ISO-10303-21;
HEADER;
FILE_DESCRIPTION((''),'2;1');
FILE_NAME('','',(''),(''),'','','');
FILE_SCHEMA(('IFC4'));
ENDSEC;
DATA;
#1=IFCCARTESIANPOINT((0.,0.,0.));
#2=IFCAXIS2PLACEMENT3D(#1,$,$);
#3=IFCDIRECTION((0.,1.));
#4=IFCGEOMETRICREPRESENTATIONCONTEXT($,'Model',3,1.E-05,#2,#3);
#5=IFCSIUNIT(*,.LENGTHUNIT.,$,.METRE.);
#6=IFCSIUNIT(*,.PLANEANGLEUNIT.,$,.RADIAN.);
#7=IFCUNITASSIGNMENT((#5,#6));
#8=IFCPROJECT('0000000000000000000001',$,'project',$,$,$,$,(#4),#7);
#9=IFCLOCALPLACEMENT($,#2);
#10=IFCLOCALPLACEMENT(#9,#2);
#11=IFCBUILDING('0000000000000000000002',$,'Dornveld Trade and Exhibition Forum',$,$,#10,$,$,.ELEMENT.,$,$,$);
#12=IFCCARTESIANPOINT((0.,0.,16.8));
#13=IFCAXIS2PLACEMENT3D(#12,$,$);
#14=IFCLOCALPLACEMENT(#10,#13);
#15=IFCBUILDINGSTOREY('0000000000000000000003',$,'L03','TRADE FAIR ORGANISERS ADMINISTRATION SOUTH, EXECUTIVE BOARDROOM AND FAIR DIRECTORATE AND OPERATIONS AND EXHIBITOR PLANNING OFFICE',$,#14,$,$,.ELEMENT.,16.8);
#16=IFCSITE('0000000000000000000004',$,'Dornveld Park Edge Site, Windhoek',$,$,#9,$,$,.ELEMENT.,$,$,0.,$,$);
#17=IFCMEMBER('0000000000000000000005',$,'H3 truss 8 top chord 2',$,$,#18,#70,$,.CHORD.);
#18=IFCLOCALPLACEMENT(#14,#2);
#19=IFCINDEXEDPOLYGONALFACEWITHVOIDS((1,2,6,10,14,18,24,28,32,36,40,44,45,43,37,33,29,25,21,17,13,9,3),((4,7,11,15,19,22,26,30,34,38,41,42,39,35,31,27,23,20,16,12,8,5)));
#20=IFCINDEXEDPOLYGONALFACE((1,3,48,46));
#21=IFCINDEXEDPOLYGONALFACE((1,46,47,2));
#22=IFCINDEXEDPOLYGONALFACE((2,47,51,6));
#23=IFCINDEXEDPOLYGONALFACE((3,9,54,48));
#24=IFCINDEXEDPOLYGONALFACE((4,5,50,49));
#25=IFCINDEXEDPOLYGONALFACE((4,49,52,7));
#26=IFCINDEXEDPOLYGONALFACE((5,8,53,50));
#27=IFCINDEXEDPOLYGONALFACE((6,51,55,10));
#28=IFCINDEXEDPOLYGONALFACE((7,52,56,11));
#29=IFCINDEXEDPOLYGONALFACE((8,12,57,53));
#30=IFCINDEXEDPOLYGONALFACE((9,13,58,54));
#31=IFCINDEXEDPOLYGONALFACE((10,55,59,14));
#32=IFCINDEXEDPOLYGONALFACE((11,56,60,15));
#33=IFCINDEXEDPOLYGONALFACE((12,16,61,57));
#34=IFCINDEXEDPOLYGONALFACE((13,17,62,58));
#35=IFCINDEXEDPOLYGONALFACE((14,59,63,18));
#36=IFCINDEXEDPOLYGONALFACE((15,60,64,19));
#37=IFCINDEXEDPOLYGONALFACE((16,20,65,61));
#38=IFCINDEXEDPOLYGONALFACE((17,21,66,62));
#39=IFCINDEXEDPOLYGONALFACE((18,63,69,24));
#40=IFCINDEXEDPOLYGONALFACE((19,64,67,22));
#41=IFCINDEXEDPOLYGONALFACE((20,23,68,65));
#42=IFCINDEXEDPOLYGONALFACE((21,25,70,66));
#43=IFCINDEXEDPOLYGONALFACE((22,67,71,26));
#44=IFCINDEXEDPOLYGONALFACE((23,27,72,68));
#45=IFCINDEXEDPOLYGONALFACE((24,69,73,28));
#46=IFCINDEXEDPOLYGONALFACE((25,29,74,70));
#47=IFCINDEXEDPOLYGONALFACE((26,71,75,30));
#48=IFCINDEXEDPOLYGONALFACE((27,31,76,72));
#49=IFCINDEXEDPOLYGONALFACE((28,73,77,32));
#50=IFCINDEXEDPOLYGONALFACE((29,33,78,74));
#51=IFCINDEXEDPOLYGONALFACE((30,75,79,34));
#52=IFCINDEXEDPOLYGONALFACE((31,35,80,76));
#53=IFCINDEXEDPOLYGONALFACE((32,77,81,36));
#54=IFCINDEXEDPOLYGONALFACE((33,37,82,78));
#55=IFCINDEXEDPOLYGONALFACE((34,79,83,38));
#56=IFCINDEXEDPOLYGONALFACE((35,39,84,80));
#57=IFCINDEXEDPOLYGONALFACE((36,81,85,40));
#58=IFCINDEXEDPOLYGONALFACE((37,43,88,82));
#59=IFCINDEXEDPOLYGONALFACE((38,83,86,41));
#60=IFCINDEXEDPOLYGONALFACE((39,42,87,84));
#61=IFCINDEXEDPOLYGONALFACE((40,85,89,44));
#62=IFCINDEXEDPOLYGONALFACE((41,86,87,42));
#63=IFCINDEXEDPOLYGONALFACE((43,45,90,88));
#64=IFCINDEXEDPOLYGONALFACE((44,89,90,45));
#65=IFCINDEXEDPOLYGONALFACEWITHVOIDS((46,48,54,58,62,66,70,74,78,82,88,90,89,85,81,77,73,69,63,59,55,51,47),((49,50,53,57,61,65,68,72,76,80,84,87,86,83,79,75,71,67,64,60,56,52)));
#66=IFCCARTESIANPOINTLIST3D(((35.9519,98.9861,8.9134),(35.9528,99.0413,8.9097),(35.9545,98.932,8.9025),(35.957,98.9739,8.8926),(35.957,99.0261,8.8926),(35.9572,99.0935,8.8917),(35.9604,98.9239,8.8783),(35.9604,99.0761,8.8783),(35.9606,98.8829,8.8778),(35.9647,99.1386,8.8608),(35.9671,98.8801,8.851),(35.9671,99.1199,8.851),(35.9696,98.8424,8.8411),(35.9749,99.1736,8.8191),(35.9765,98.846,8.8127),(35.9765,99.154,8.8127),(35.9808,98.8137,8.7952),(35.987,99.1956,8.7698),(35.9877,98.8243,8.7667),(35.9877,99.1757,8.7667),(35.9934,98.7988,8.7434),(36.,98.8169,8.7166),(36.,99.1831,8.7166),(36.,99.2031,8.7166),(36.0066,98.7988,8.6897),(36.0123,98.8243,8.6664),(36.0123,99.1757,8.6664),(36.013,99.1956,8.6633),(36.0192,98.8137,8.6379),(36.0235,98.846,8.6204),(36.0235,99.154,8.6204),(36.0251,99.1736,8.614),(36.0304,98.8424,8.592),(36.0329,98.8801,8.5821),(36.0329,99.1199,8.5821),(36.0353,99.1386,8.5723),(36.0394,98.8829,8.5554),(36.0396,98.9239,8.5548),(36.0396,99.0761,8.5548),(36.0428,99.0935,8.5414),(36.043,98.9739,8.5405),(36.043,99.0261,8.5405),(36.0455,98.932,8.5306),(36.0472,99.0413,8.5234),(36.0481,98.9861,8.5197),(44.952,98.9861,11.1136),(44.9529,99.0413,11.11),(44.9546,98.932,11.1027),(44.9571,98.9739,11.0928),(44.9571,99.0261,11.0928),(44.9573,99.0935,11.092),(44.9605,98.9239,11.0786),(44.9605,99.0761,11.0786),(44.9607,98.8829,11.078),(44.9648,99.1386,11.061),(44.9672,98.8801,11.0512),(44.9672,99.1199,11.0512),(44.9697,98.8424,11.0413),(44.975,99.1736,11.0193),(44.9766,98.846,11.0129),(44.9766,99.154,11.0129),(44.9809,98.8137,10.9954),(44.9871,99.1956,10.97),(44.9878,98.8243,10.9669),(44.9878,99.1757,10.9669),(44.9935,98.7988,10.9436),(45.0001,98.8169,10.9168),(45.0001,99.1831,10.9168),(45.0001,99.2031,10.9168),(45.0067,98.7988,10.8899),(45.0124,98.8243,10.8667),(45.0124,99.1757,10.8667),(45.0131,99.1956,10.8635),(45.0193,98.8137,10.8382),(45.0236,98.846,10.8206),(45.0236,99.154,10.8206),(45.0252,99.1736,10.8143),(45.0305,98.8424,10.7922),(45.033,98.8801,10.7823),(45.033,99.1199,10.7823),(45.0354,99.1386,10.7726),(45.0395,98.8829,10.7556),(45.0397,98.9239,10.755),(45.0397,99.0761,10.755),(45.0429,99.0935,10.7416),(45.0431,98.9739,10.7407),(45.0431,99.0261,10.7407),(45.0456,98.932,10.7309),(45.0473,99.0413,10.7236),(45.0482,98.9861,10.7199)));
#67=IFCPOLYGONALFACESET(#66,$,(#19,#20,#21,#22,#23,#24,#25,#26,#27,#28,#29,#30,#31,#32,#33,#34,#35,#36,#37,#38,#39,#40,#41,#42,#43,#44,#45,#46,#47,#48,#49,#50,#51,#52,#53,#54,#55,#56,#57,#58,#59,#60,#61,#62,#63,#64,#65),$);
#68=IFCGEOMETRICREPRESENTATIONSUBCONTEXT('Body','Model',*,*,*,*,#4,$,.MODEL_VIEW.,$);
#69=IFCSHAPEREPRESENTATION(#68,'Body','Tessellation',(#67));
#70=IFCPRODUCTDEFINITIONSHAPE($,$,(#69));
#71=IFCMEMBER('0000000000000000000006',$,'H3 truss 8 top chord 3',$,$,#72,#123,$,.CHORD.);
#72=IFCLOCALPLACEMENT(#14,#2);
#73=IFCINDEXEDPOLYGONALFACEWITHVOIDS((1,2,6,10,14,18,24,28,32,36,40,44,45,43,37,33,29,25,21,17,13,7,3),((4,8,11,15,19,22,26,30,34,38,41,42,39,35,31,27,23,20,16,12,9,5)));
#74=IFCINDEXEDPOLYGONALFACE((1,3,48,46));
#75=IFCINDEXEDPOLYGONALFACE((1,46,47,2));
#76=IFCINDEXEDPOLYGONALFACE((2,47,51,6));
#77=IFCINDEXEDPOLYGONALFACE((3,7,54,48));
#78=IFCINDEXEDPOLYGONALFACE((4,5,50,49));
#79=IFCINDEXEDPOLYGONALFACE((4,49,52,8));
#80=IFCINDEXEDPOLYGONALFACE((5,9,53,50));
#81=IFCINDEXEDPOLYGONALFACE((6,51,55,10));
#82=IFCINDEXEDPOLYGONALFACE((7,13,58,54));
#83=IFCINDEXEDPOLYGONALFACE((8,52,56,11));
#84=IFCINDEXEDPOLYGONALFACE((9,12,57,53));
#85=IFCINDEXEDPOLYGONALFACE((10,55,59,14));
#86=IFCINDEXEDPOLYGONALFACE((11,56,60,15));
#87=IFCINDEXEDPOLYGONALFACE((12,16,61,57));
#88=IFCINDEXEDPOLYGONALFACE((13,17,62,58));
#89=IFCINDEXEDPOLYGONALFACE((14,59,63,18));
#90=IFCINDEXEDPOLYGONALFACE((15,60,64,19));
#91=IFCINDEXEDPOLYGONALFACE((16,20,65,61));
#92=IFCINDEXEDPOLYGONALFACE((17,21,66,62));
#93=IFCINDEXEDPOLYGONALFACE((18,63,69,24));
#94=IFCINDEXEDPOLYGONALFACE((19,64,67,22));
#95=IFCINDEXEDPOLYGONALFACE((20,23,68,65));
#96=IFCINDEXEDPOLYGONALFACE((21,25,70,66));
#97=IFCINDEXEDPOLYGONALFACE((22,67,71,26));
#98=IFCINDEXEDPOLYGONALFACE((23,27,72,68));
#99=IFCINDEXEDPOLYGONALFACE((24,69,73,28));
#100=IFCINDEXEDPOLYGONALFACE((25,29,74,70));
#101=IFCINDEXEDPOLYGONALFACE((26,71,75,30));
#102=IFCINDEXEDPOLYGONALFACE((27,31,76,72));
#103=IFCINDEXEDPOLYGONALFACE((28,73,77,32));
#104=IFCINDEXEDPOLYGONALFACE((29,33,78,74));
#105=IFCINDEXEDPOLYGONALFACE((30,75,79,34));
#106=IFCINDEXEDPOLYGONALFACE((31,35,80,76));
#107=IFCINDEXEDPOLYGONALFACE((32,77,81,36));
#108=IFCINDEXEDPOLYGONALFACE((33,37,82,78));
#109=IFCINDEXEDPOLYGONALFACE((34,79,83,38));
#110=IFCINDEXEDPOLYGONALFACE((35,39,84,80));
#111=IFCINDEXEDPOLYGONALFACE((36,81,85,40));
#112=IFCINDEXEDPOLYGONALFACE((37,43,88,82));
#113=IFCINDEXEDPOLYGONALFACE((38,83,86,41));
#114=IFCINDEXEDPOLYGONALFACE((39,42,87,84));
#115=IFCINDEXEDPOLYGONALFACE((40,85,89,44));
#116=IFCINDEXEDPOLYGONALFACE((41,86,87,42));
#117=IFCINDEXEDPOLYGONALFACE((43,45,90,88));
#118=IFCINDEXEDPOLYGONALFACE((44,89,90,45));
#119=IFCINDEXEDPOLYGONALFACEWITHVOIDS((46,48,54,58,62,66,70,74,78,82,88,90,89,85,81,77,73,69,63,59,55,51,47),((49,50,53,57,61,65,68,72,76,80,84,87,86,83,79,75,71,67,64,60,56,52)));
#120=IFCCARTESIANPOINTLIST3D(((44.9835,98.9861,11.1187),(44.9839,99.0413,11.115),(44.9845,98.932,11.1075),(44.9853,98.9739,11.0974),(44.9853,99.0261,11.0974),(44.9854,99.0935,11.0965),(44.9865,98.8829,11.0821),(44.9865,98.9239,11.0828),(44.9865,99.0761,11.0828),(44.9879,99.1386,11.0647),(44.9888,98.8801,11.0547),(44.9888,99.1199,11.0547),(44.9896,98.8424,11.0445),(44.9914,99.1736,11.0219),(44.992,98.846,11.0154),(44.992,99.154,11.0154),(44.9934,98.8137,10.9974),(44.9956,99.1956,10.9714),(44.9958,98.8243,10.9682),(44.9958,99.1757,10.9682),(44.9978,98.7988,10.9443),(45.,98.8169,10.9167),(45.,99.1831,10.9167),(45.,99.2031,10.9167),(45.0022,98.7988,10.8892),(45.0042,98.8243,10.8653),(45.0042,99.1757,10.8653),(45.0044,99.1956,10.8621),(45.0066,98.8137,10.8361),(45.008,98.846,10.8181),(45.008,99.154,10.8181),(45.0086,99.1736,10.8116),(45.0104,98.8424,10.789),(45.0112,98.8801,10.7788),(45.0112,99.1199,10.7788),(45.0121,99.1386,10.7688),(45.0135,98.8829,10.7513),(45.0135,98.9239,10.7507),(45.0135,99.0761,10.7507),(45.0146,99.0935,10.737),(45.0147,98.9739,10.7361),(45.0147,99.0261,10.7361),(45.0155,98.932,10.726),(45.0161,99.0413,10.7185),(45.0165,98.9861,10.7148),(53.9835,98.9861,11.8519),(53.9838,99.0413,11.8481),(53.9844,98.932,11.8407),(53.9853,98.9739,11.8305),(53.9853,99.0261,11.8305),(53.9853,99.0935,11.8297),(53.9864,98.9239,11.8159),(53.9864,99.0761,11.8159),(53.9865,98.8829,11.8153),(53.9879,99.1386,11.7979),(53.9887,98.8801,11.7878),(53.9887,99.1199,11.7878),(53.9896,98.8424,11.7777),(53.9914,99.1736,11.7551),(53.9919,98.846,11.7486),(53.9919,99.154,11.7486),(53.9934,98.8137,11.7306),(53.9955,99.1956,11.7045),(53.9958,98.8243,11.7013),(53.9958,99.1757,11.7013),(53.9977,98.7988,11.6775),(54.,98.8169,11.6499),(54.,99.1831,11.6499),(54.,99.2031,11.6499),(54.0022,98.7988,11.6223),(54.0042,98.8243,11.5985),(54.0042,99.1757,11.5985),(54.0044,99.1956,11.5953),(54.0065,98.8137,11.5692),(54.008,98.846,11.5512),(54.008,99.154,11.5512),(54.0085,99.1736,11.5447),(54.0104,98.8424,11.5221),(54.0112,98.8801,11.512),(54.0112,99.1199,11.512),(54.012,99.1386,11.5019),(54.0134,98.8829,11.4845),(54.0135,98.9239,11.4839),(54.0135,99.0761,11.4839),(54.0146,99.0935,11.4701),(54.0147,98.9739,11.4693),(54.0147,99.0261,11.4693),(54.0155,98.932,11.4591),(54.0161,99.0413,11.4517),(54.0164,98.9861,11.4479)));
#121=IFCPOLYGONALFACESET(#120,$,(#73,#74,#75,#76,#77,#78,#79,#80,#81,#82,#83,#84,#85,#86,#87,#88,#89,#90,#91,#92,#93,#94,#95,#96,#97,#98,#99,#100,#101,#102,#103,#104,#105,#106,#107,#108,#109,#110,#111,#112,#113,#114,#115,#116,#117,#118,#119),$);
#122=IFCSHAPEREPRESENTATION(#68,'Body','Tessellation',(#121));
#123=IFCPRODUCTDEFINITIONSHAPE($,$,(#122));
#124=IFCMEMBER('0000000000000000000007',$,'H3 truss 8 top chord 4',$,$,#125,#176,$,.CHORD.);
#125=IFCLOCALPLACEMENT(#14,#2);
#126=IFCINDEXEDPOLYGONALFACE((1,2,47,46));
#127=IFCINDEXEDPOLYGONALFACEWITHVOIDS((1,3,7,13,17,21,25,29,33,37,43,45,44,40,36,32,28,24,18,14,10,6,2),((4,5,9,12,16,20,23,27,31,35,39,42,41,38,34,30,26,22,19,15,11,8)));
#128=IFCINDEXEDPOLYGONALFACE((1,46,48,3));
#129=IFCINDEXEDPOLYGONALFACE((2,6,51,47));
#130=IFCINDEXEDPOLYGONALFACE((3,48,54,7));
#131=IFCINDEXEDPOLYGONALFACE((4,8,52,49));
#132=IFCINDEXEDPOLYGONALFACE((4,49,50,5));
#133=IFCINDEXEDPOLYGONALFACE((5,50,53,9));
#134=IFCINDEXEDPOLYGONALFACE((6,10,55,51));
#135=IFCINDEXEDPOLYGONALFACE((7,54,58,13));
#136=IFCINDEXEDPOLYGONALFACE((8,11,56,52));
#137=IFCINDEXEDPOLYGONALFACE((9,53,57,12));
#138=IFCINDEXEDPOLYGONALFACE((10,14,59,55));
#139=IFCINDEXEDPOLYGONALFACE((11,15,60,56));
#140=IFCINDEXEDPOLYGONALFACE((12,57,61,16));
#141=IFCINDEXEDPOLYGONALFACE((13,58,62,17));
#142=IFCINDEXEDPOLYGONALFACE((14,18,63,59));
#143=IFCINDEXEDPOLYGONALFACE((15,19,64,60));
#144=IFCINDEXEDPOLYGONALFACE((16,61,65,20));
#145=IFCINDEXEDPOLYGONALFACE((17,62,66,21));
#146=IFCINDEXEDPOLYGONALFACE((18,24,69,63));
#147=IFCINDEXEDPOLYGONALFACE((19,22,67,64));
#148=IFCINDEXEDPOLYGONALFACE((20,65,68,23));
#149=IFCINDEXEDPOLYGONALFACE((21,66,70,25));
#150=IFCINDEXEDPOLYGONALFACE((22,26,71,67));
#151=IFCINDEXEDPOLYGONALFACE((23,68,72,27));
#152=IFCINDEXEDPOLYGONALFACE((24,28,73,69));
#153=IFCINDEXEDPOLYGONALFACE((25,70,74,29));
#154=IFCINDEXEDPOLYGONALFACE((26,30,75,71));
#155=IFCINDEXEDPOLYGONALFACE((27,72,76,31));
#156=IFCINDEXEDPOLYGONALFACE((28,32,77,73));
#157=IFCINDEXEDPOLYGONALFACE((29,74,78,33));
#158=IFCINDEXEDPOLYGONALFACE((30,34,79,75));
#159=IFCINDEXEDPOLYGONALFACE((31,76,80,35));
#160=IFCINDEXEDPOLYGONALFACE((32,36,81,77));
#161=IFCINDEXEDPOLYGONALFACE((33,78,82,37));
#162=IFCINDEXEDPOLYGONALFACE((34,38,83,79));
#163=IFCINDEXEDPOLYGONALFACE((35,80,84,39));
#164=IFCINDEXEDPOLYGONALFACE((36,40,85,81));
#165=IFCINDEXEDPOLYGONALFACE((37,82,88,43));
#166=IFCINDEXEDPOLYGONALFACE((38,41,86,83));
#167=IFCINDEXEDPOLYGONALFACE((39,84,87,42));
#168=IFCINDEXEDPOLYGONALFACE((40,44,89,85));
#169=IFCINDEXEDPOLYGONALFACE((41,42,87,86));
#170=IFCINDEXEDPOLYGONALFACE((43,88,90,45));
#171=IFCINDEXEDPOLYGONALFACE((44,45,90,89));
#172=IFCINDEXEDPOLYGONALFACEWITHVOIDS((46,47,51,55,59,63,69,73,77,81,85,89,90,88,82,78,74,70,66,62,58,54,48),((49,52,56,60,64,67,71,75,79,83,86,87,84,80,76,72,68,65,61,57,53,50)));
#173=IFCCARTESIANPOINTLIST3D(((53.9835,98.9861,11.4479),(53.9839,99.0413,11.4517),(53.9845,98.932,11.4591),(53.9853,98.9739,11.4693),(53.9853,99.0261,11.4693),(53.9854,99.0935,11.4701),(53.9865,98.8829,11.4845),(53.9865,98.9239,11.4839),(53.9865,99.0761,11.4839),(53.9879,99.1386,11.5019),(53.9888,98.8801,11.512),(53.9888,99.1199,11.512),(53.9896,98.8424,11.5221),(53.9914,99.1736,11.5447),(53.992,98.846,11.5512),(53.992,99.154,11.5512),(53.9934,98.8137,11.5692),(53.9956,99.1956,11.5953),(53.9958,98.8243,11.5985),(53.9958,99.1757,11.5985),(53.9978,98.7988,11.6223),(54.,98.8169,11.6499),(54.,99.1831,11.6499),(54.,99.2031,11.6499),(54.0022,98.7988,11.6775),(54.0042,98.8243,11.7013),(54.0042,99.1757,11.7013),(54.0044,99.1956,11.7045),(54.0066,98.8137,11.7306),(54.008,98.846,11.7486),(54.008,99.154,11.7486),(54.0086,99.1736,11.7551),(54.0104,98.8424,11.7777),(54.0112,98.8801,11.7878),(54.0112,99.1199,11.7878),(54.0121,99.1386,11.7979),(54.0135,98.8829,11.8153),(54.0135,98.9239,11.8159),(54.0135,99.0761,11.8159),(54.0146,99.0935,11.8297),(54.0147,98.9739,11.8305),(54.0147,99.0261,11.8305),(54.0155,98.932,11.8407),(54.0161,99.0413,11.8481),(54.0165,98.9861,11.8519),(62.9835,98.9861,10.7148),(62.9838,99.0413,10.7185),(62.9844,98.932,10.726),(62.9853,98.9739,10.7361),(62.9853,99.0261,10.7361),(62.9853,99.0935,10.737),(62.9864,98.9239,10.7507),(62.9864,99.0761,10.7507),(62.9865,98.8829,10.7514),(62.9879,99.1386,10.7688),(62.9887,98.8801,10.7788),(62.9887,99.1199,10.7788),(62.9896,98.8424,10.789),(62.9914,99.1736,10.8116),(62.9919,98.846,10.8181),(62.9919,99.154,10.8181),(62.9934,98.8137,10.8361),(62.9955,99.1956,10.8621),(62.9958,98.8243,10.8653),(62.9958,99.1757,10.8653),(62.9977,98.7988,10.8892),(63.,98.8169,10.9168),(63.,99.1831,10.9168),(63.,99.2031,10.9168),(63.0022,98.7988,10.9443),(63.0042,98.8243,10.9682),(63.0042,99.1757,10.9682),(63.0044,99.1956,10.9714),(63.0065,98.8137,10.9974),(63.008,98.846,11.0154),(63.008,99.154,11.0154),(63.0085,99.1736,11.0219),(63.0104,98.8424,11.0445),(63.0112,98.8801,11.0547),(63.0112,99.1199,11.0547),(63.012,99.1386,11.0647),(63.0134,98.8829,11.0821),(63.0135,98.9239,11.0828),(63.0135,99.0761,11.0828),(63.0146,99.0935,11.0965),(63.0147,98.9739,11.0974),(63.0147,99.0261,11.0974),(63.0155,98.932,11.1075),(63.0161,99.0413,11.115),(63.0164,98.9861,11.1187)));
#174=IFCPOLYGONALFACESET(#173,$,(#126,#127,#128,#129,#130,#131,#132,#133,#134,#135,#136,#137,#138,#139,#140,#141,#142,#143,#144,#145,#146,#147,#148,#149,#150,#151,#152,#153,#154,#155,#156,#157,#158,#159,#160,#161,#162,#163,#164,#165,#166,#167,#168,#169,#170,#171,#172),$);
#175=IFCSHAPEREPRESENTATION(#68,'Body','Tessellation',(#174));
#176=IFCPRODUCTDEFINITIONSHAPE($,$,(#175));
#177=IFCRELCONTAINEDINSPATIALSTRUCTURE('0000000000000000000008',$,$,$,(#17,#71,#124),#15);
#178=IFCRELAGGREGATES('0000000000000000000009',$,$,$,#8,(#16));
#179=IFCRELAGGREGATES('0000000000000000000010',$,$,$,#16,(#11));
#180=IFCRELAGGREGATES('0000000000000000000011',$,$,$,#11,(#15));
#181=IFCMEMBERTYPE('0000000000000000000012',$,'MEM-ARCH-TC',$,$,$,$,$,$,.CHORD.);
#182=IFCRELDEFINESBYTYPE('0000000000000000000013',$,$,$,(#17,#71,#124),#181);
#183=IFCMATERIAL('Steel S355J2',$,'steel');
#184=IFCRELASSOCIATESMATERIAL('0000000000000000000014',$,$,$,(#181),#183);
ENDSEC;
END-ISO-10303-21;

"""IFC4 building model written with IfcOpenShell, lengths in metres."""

from ifc_helpers import new_model, si_unit, direction, frame, origin, origin_2d, place, context, subcontext, project, spatial, hollow_circle, extrude, material, material_profile, profile_set, type_object, element, save


model = new_model("IFC4")

# Units and contexts
model_context = context("Model", 3, precision=1e-05, world=origin(), true_north=direction((0.0, 1.0)))
body_context = subcontext(model_context, "Body", "Model", "MODEL_VIEW")
ifc_project = project(units=[si_unit("LENGTHUNIT", "METRE"), si_unit("PLANEANGLEUNIT", "RADIAN")], contexts=[model_context])

# Site, building, storey
site_placement = place(None, origin())
site = spatial("IfcSite", under=ifc_project, at=site_placement, Name="Dornveld Park Edge Site, Windhoek", CompositionType="ELEMENT", RefElevation=0.0)
building_placement = place(site_placement, origin())
building = spatial("IfcBuilding", under=site, at=building_placement, Name="Dornveld Trade and Exhibition Forum", CompositionType="ELEMENT")
storey_placement = place(building_placement, frame((0.0, 0.0, 16.8)))
storey = spatial("IfcBuildingStorey", under=building, at=storey_placement, Name="L03", Description="TRADE FAIR ORGANISERS ADMINISTRATION SOUTH, EXECUTIVE BOARDROOM AND FAIR DIRECTORATE AND OPERATIONS AND EXHIBITOR PLANNING OFFICE", CompositionType="ELEMENT", Elevation=16.8)

# Members
ifc_material_1 = material(Name="Steel S355J2", Category="steel")
ifc_material_profile_1 = material_profile(ifc_material_1, hollow_circle(Radius=0.2031, WallThickness=0.02, at=origin_2d()), Name="CHS 406.4x20")
ifc_profile_set_1 = profile_set([ifc_material_profile_1], Name="Steel S355J2")
member_type_1 = type_object("IfcMemberType", Name="MEM-ARCH-TC", PredefinedType="CHORD", material=ifc_profile_set_1)
member_1_placement = place(storey_placement, frame((36.0, 99.0, 8.7166), z_axis=(0.971394, 0.0, 0.237473), x_axis=(0.0, 1.0, 0.0)))
element("IfcMember", 1, at=member_1_placement, inside=storey, type_object=member_type_1, Name="H3 truss 8 top chord 2", PredefinedType="CHORD", context=body_context, shape_type="SweptSolid", body=[
    extrude(hollow_circle(Radius=0.2031, WallThickness=0.02, at=origin_2d()), origin(), (0.0, 0.0, 1.0), 9.2651),
])
for number, where, z_axis, x_axis, name in (
    (2, (45.0, 99.0, 10.9167), (0.996698, 0.0, 0.081193), (0.0, 1.0, 0.0), "H3 truss 8 top chord 3"),
    (3, (54.0, 99.0, 11.6499), (0.996698, 0.0, -0.081193), (0.0, 1.0, 0.0), "H3 truss 8 top chord 4"),
):
    element("IfcMember", number, at=place(storey_placement, frame(where, z_axis=z_axis, x_axis=x_axis)), inside=storey, type_object=member_type_1, Name=name, PredefinedType="CHORD", context=body_context, shape_type="SweptSolid", body=[
        extrude(hollow_circle(Radius=0.2031, WallThickness=0.02, at=origin_2d()), origin(), (0.0, 0.0, 1.0), 9.0298),
    ])

save(model, "model.ifc")
